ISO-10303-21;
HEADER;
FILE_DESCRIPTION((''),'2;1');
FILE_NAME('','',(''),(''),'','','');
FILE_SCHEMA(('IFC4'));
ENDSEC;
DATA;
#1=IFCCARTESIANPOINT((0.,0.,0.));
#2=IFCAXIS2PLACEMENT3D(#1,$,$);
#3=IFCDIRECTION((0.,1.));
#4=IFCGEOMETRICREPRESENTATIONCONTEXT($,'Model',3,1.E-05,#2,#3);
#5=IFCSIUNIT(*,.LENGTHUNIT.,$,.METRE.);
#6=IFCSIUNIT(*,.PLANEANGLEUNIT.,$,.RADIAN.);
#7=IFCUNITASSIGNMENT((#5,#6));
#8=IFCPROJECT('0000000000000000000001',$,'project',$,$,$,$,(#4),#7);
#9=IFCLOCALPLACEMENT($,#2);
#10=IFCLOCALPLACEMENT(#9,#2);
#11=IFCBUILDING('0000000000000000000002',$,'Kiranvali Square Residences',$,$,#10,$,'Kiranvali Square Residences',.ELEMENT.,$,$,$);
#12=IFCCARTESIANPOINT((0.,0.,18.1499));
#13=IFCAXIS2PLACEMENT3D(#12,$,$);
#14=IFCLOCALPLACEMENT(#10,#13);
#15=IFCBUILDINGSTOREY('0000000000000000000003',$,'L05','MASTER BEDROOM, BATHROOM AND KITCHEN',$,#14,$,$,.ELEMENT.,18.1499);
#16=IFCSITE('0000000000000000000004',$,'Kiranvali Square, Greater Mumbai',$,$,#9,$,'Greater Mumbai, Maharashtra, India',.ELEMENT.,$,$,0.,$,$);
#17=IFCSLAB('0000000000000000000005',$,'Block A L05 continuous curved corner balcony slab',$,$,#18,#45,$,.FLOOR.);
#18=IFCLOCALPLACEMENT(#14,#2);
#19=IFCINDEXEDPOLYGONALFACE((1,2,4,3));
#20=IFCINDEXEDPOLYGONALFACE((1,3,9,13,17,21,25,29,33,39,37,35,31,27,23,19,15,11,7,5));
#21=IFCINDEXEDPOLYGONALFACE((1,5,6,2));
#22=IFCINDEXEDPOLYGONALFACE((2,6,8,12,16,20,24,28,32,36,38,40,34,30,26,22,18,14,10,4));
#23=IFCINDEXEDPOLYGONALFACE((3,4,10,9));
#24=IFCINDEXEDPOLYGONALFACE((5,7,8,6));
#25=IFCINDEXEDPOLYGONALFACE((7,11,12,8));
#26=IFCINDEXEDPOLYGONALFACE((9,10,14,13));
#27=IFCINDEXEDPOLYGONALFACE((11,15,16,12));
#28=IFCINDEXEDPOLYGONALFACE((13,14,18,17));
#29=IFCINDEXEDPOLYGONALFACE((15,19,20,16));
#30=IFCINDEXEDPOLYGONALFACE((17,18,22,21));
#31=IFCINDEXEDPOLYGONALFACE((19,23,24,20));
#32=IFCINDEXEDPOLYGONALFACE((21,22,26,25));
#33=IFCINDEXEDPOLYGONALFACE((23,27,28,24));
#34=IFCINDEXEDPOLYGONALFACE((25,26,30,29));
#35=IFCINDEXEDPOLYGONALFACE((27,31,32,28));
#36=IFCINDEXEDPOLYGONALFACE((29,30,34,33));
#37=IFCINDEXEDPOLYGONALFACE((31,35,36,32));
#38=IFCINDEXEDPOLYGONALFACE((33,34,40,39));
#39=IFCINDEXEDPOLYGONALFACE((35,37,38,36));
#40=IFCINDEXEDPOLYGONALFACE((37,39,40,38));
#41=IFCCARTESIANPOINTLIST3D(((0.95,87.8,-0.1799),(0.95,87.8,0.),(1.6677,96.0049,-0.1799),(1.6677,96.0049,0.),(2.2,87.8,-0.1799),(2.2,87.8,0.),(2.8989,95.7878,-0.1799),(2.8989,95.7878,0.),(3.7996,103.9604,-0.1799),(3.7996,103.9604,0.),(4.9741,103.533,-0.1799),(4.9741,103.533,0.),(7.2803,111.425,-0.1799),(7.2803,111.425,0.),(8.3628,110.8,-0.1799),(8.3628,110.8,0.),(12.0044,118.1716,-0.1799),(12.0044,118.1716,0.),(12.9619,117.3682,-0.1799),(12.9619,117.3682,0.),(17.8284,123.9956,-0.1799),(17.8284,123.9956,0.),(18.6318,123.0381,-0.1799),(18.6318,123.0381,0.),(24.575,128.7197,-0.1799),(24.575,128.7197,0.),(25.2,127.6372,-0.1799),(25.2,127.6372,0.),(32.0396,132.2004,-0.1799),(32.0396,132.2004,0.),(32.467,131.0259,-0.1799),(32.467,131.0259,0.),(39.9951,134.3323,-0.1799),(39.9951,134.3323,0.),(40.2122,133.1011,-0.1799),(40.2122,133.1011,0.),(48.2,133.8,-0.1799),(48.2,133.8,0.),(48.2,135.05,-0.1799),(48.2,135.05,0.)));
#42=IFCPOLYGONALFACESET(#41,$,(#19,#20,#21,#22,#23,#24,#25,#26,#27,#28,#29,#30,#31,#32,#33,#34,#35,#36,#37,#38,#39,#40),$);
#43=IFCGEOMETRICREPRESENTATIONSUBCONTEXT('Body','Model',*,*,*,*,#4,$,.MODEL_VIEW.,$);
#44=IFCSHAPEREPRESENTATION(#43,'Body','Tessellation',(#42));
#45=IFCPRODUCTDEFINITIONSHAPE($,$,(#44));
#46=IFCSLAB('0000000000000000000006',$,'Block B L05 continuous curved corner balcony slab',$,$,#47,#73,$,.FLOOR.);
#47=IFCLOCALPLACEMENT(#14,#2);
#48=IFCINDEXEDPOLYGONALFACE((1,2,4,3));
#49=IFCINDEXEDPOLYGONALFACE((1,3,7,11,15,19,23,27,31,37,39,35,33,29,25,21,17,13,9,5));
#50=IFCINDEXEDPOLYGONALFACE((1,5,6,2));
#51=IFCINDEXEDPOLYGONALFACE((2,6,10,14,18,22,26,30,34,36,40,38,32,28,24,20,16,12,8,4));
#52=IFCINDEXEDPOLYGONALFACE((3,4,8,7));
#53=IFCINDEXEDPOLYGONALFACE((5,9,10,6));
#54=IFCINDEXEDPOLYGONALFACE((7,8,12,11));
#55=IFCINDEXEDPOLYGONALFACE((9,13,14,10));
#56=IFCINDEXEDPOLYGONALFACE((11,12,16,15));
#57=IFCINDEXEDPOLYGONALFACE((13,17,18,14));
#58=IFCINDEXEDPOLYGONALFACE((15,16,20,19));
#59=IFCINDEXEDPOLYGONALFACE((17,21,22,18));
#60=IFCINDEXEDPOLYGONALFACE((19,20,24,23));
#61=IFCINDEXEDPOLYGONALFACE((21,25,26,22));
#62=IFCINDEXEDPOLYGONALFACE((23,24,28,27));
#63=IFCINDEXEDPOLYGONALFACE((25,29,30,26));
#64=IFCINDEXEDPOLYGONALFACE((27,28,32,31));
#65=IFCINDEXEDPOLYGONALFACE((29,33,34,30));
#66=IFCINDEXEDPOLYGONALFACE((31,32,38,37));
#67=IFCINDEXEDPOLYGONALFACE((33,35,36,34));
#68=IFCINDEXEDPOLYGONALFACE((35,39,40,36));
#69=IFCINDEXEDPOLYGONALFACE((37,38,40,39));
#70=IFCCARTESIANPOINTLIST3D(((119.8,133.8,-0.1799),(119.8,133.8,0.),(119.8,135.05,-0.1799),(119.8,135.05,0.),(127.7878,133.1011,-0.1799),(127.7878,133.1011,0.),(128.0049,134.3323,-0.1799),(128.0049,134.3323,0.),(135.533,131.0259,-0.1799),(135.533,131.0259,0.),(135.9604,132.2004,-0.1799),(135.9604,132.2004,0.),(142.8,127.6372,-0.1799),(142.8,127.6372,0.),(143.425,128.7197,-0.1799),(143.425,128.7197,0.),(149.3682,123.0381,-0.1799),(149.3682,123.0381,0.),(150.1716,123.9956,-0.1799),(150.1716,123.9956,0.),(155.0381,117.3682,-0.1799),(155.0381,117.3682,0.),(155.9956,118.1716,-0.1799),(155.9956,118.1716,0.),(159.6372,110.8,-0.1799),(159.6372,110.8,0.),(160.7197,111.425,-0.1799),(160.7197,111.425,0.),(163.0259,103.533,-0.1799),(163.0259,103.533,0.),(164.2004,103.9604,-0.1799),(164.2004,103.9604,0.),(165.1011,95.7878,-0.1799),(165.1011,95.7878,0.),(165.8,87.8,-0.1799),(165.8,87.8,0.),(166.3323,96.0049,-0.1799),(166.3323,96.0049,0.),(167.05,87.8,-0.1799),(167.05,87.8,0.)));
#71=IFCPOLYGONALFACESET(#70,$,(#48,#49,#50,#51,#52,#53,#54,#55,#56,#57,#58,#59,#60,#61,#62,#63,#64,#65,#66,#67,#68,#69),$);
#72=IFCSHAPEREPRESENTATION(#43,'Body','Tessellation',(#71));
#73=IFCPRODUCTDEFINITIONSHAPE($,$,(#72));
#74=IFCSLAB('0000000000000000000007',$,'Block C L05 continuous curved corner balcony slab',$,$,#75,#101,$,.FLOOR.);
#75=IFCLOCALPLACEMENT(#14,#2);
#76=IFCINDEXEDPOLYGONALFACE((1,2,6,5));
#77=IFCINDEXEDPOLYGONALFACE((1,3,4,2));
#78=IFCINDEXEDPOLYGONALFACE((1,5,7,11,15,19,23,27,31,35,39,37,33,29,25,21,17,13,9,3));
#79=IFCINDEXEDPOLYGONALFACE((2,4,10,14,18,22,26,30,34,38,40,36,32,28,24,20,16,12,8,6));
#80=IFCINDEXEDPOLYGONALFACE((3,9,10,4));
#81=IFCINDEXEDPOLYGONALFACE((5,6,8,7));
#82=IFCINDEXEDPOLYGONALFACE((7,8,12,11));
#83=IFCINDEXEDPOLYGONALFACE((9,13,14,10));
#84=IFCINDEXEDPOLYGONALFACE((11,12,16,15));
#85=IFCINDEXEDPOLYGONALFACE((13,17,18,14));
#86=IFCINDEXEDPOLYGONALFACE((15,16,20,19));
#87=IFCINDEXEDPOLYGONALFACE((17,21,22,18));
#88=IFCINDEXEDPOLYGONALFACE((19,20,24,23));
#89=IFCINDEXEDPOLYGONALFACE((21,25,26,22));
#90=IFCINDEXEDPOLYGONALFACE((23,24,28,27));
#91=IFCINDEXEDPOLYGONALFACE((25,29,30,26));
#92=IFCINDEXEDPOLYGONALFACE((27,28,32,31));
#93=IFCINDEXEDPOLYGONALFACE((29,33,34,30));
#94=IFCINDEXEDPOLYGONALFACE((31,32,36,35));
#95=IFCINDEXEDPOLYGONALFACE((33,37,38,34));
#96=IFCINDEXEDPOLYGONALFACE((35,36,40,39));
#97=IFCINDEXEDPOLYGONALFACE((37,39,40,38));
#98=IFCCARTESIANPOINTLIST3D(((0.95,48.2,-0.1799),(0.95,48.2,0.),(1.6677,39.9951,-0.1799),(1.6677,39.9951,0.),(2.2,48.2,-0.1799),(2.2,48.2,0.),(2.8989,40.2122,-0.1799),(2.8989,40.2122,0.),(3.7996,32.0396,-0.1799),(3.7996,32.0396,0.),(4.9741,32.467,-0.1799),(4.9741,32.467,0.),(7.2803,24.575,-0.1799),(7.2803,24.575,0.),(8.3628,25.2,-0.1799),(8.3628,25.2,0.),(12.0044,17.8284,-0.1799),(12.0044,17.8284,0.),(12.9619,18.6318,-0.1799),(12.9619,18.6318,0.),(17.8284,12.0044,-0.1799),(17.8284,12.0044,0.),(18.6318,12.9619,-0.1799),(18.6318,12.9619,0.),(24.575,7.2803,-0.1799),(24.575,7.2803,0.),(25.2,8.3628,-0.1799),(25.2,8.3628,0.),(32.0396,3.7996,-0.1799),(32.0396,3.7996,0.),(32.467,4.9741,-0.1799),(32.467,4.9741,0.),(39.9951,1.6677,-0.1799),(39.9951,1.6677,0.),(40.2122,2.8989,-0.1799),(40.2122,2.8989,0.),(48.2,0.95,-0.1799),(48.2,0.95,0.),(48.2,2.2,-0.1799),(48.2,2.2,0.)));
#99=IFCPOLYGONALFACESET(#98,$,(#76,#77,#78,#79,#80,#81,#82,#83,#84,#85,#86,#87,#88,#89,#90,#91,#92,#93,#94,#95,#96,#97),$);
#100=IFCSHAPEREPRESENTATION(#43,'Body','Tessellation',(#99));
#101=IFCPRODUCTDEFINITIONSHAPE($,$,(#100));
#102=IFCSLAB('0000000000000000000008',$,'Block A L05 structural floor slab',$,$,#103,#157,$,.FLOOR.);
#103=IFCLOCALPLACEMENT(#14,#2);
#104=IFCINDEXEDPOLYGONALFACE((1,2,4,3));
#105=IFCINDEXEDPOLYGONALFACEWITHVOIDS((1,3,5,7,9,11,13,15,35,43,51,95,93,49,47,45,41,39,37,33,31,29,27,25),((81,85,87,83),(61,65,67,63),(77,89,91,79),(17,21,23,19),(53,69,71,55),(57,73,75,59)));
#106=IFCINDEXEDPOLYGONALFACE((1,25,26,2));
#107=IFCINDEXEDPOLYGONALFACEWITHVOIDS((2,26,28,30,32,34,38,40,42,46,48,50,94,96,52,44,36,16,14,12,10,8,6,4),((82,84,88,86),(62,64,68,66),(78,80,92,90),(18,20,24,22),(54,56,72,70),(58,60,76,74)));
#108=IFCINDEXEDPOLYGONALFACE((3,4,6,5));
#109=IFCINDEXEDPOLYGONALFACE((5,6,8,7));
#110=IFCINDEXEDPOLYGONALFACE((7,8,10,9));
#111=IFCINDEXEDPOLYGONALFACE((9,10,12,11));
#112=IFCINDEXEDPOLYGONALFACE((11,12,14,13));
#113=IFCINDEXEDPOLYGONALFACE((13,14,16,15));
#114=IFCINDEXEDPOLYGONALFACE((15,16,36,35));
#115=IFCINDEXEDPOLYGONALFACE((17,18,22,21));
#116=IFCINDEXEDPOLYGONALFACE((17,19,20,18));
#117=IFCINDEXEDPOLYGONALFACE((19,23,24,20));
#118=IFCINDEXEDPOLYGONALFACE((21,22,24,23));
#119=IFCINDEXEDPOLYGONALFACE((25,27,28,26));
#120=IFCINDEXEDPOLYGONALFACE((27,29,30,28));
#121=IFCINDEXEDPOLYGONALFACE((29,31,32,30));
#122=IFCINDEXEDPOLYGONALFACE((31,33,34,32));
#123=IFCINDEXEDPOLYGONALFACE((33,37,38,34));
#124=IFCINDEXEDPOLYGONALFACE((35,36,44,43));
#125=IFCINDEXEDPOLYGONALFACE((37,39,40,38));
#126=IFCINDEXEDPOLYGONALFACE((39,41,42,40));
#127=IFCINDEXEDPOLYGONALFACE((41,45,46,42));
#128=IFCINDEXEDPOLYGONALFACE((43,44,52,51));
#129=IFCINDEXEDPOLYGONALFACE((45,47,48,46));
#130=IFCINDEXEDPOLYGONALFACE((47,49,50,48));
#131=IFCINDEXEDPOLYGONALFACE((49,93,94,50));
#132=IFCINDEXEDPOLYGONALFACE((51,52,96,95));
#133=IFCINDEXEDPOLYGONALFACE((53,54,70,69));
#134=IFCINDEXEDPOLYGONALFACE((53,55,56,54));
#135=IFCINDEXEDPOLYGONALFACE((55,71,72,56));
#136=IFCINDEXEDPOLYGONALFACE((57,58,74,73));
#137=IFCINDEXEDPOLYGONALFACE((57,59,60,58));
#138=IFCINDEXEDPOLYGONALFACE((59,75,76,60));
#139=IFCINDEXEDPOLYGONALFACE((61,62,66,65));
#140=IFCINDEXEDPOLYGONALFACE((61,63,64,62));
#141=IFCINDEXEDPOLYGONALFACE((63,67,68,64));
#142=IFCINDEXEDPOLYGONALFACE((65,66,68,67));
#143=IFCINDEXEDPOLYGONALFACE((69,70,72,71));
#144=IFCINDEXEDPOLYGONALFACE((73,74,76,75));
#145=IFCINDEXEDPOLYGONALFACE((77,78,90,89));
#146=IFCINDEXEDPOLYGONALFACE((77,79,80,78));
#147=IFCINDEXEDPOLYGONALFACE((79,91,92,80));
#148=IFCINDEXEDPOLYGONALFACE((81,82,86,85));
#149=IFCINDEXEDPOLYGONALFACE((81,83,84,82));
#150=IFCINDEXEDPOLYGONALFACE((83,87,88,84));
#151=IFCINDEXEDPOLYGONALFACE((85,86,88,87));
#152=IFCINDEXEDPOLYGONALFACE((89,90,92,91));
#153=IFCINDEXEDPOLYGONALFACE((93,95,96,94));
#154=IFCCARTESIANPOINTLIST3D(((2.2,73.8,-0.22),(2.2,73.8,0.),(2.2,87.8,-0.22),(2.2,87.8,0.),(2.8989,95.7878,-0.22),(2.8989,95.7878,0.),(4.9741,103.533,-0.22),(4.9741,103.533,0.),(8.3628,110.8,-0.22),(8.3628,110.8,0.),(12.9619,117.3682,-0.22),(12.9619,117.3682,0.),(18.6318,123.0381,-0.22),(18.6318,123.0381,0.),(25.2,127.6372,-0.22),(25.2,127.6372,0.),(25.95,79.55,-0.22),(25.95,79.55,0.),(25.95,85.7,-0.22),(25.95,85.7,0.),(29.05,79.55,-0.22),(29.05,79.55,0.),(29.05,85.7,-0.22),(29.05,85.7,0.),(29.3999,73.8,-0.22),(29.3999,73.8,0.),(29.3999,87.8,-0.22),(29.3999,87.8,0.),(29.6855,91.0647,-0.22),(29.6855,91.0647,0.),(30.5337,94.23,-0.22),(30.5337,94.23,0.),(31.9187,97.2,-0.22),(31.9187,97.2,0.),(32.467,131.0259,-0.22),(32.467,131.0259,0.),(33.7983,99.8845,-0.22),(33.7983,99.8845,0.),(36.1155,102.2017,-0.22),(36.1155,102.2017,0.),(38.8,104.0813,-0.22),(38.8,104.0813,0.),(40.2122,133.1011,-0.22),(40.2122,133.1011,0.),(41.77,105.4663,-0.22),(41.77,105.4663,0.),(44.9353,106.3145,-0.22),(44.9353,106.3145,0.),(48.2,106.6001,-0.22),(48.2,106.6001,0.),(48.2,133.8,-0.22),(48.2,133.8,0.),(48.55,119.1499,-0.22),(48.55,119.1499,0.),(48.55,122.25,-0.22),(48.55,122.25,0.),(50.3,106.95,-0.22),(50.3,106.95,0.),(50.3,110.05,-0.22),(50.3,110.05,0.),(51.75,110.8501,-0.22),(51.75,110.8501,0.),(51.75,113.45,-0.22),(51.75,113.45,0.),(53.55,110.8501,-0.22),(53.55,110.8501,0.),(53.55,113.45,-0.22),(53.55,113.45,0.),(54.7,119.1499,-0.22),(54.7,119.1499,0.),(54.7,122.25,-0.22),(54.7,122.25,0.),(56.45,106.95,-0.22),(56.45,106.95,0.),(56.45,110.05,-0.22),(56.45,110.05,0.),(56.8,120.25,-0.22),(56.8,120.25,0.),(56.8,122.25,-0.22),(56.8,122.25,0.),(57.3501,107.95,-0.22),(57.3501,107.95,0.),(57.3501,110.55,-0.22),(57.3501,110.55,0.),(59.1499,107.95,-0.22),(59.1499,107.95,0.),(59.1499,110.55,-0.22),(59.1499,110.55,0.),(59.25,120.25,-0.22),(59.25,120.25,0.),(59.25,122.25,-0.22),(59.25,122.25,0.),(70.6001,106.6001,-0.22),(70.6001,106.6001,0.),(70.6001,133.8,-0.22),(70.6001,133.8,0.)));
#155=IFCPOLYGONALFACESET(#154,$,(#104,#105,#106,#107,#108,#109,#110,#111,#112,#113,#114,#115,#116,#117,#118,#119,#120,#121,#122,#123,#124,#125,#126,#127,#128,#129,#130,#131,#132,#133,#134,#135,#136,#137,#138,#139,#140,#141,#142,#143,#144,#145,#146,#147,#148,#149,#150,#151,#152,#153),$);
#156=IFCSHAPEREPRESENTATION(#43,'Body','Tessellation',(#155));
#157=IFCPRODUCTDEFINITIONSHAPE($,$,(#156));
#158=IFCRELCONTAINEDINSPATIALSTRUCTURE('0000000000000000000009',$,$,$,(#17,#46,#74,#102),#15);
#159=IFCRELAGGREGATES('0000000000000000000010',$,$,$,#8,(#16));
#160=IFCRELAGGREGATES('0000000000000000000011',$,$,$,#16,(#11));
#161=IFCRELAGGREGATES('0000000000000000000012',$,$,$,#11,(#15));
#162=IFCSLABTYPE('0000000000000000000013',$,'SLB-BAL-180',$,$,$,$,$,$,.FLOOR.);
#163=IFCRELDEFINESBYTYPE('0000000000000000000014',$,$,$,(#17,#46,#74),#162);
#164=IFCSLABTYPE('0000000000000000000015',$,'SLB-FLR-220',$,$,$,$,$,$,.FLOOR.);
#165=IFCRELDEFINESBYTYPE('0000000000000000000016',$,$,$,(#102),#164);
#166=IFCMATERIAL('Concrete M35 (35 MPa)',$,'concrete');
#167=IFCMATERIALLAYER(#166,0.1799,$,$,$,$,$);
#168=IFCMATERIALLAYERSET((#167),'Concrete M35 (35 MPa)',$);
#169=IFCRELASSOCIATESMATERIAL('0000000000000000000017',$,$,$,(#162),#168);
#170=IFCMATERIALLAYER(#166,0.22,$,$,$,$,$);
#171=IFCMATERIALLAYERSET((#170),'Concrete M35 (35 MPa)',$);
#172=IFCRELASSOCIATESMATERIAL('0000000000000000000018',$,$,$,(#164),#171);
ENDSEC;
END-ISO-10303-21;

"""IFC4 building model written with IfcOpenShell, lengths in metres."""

from ifc_helpers import new_model, si_unit, direction, frame, origin, place, context, subcontext, project, spatial, polyline, outline, extrude, material, layer, layer_set, type_object, element, save


model = new_model("IFC4")

# Units and contexts
model_context = context("Model", 3, precision=1e-05, world=origin(), true_north=direction((0.0, 1.0)))
body_context = subcontext(model_context, "Body", "Model", "MODEL_VIEW")
ifc_project = project(units=[si_unit("LENGTHUNIT", "METRE"), si_unit("PLANEANGLEUNIT", "RADIAN")], contexts=[model_context])

# Site, building, storey
site_placement = place(None, origin())
site = spatial("IfcSite", under=ifc_project, at=site_placement, Name="Kiranvali Square, Greater Mumbai", LongName="Greater Mumbai, Maharashtra, India", CompositionType="ELEMENT", RefElevation=0.0)
building_placement = place(site_placement, origin())
building = spatial("IfcBuilding", under=site, at=building_placement, Name="Kiranvali Square Residences", LongName="Kiranvali Square Residences", CompositionType="ELEMENT")
storey_placement = place(building_placement, frame((0.0, 0.0, 18.1499)))
storey = spatial("IfcBuildingStorey", under=building, at=storey_placement, Name="L05", Description="MASTER BEDROOM, BATHROOM AND KITCHEN", CompositionType="ELEMENT", Elevation=18.1499)

# Slabs
ifc_material_1 = material(Name="Concrete M35 (35 MPa)", Category="concrete")
ifc_layer_1 = layer(ifc_material_1, 0.1799)
ifc_layer_set_1 = layer_set([ifc_layer_1], Name="Concrete M35 (35 MPa)")
slab_type_1 = type_object("IfcSlabType", Name="SLB-BAL-180", PredefinedType="FLOOR", material=ifc_layer_set_1)
slab_1_placement = place(storey_placement, frame((0.0, 0.0, -0.1799)))
element("IfcSlab", 1, at=slab_1_placement, inside=storey, type_object=slab_type_1, Name="Block A L05 continuous curved corner balcony slab", PredefinedType="FLOOR", context=body_context, shape_type="SweptSolid", body=[
    extrude(outline(polyline([(48.2, 135.05), (39.9951, 134.3323), (32.0396, 132.2004), (24.575, 128.7197), (17.8284, 123.9956), (12.0044, 118.1716), (7.2803, 111.425), (3.7996, 103.9604), (1.6677, 96.0049), (0.95, 87.8), (2.2, 87.8), (2.8989, 95.7878), (4.9741, 103.533), (8.3628, 110.8), (12.9619, 117.3682), (18.6318, 123.0381), (25.2, 127.6372), (32.467, 131.0259), (40.2122, 133.1011), (48.2, 133.8), (48.2, 135.05)])), origin(), (0.0, 0.0, 1.0), 0.1799),
])
slab_2_placement = place(storey_placement, frame((0.0, 0.0, -0.1799)))
element("IfcSlab", 2, at=slab_2_placement, inside=storey, type_object=slab_type_1, Name="Block B L05 continuous curved corner balcony slab", PredefinedType="FLOOR", context=body_context, shape_type="SweptSolid", body=[
    extrude(outline(polyline([(119.8, 133.8), (127.7878, 133.1011), (135.533, 131.0259), (142.8, 127.6372), (149.3682, 123.0381), (155.0381, 117.3682), (159.6372, 110.8), (163.0259, 103.533), (165.1011, 95.7878), (165.8, 87.8), (167.05, 87.8), (166.3323, 96.0049), (164.2004, 103.9604), (160.7197, 111.425), (155.9956, 118.1716), (150.1716, 123.9956), (143.425, 128.7197), (135.9604, 132.2004), (128.0049, 134.3323), (119.8, 135.05), (119.8, 133.8)])), origin(), (0.0, 0.0, 1.0), 0.1799),
])
slab_3_placement = place(storey_placement, frame((0.0, 0.0, -0.1799)))
element("IfcSlab", 3, at=slab_3_placement, inside=storey, type_object=slab_type_1, Name="Block C L05 continuous curved corner balcony slab", PredefinedType="FLOOR", context=body_context, shape_type="SweptSolid", body=[
    extrude(outline(polyline([(48.2, 2.2), (40.2122, 2.8989), (32.467, 4.9741), (25.2, 8.3628), (18.6318, 12.9619), (12.9619, 18.6318), (8.3628, 25.2), (4.9741, 32.467), (2.8989, 40.2122), (2.2, 48.2), (0.95, 48.2), (1.6677, 39.9951), (3.7996, 32.0396), (7.2803, 24.575), (12.0044, 17.8284), (17.8284, 12.0044), (24.575, 7.2803), (32.0396, 3.7996), (39.9951, 1.6677), (48.2, 0.95), (48.2, 2.2)])), origin(), (0.0, 0.0, 1.0), 0.1799),
])
ifc_layer_2 = layer(ifc_material_1, 0.22)
ifc_layer_set_2 = layer_set([ifc_layer_2], Name="Concrete M35 (35 MPa)")
slab_type_2 = type_object("IfcSlabType", Name="SLB-FLR-220", PredefinedType="FLOOR", material=ifc_layer_set_2)
slab_4_placement = place(storey_placement, frame((0.0, 0.0, -0.22)))
element("IfcSlab", 4, at=slab_4_placement, inside=storey, type_object=slab_type_2, Name="Block A L05 structural floor slab", PredefinedType="FLOOR", context=body_context, shape_type="SweptSolid", body=[
    extrude(outline(polyline([(70.6001, 106.6001), (70.6001, 133.8), (48.2, 133.8), (40.2122, 133.1011), (32.467, 131.0259), (25.2, 127.6372), (18.6318, 123.0381), (12.9619, 117.3682), (8.3628, 110.8), (4.9741, 103.533), (2.8989, 95.7878), (2.2, 87.8), (2.2, 73.8), (29.3999, 73.8), (29.3999, 87.8), (29.6855, 91.0647), (30.5337, 94.23), (31.9187, 97.2), (33.7983, 99.8845), (36.1155, 102.2017), (38.8, 104.0813), (41.77, 105.4663), (44.9353, 106.3145), (48.2, 106.6001), (70.6001, 106.6001)]), holes=[polyline([(56.8, 120.25), (59.25, 120.25), (59.25, 122.25), (56.8, 122.25), (56.8, 120.25)]), polyline([(57.3501, 107.95), (59.1499, 107.95), (59.1499, 110.55), (57.3501, 110.55), (57.3501, 107.95)]), polyline([(51.75, 110.8501), (53.55, 110.8501), (53.55, 113.45), (51.75, 113.45), (51.75, 110.8501)]), polyline([(54.7, 122.25), (48.55, 122.25), (48.55, 119.1499), (54.7, 119.1499), (54.7, 122.25)]), polyline([(50.3, 106.95), (56.45, 106.95), (56.45, 110.05), (50.3, 110.05), (50.3, 106.95)]), polyline([(25.95, 85.7), (25.95, 79.55), (29.05, 79.55), (29.05, 85.7), (25.95, 85.7)])]), origin(), (0.0, 0.0, 1.0), 0.22),
])

save(model, "model.ifc")
